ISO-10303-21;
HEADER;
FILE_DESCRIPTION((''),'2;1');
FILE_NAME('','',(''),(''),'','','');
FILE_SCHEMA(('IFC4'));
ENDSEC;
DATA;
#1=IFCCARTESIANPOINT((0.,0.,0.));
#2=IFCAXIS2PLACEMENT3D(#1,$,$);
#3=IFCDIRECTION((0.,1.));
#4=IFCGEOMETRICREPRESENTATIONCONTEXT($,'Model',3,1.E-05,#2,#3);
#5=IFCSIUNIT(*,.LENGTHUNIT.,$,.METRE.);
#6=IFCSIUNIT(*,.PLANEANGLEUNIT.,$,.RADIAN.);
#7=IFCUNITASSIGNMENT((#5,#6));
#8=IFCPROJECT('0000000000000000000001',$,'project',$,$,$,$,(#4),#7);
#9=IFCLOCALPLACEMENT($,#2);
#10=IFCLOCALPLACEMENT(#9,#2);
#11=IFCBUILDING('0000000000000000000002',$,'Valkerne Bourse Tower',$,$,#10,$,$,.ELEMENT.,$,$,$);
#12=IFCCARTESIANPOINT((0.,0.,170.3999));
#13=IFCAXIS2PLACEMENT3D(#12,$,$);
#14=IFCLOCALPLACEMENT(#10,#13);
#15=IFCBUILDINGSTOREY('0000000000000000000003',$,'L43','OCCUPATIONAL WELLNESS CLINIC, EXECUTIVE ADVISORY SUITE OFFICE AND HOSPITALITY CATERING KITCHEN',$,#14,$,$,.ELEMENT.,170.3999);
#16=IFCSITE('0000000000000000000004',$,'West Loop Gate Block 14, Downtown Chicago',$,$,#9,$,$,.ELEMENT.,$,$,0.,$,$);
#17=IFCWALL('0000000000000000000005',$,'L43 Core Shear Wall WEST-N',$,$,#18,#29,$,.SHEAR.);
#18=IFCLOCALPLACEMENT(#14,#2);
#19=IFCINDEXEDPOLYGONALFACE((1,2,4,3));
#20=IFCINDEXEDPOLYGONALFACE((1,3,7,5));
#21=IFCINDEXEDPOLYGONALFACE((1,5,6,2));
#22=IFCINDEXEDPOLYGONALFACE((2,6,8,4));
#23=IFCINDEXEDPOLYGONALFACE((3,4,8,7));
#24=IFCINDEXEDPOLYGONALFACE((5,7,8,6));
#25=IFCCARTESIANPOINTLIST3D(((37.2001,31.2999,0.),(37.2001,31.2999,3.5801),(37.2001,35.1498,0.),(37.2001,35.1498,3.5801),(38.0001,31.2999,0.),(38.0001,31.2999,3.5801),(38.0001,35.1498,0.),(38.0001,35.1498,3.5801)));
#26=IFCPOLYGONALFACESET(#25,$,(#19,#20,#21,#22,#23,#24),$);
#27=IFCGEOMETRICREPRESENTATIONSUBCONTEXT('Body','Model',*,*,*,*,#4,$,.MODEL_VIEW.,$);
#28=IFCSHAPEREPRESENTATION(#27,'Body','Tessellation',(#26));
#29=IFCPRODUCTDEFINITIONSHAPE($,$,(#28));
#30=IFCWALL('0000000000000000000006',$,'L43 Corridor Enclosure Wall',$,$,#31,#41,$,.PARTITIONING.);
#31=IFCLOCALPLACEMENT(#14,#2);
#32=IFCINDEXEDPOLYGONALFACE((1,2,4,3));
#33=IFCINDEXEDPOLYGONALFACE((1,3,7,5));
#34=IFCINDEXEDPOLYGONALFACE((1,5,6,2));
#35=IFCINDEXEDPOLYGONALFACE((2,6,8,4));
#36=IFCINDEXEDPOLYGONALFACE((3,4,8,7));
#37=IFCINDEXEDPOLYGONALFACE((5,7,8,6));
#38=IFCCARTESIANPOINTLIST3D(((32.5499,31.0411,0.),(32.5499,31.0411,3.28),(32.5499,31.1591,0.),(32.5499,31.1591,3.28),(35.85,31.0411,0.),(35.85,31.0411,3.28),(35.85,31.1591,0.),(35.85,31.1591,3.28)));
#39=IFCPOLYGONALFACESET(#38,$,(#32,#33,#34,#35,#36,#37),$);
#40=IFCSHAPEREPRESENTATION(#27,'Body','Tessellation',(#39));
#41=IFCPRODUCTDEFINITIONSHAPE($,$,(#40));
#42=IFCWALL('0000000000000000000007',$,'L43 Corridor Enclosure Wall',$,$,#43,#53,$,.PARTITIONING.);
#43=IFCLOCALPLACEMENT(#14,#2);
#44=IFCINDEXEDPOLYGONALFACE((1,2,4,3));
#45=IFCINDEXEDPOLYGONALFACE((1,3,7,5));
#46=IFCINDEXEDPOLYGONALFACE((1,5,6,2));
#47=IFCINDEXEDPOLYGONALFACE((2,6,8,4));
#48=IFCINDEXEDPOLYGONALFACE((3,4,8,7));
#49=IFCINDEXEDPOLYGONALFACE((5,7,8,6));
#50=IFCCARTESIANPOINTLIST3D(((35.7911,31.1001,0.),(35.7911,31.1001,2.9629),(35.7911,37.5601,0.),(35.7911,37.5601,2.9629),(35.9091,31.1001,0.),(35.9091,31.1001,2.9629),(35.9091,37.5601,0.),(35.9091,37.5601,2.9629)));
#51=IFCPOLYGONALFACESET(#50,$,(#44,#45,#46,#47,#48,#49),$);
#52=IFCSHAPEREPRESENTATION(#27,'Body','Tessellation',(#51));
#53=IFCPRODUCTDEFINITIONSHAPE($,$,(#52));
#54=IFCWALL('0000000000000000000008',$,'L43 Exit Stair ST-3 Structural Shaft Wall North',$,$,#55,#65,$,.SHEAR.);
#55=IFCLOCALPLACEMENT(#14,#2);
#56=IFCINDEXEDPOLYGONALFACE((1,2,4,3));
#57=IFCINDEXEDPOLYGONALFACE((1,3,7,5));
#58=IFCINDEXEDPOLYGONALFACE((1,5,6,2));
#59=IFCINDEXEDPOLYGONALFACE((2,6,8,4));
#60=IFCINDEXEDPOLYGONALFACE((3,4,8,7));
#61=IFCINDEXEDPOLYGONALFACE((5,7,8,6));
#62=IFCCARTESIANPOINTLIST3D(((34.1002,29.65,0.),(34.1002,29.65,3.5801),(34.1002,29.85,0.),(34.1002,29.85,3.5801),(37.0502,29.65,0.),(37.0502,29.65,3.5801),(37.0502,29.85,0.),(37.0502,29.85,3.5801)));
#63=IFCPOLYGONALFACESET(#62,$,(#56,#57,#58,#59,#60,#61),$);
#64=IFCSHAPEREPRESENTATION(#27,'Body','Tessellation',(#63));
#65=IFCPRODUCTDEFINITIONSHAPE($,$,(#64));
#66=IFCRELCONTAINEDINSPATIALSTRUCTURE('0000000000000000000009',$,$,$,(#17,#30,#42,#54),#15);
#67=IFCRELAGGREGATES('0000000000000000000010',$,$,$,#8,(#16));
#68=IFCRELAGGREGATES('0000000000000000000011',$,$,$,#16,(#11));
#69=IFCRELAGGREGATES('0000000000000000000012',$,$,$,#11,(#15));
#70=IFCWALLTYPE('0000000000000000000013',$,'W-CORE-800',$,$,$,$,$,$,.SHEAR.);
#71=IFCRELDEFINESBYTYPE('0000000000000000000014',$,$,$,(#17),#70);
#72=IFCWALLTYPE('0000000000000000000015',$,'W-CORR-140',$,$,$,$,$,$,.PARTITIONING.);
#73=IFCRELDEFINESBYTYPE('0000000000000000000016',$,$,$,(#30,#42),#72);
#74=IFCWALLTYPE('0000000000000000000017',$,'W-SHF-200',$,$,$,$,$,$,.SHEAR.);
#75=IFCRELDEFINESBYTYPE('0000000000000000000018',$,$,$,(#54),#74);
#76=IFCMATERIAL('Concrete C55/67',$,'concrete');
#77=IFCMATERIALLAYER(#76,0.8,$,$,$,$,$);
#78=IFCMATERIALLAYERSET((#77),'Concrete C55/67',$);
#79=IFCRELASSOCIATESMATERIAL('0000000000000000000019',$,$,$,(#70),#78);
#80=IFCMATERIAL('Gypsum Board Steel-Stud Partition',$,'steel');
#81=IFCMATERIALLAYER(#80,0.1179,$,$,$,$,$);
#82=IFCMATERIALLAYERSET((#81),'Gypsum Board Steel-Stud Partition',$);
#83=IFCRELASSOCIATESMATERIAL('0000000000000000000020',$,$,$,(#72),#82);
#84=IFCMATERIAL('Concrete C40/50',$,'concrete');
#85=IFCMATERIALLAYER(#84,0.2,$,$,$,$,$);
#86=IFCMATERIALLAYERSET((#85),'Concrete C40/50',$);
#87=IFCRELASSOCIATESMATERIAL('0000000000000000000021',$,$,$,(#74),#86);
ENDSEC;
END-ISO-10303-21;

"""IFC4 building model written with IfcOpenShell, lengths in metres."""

from ifc_helpers import new_model, si_unit, direction, frame, frame_2d, origin, place, context, subcontext, project, spatial, rectangle, extrude, material, layer, layer_set, type_object, element, save


model = new_model("IFC4")

# Units and contexts
model_context = context("Model", 3, precision=1e-05, world=origin(), true_north=direction((0.0, 1.0)))
body_context = subcontext(model_context, "Body", "Model", "MODEL_VIEW")
ifc_project = project(units=[si_unit("LENGTHUNIT", "METRE"), si_unit("PLANEANGLEUNIT", "RADIAN")], contexts=[model_context])

# Site, building, storey
site_placement = place(None, origin())
site = spatial("IfcSite", under=ifc_project, at=site_placement, Name="West Loop Gate Block 14, Downtown Chicago", CompositionType="ELEMENT", RefElevation=0.0)
building_placement = place(site_placement, origin())
building = spatial("IfcBuilding", under=site, at=building_placement, Name="Valkerne Bourse Tower", CompositionType="ELEMENT")
storey_placement = place(building_placement, frame((0.0, 0.0, 170.3999)))
storey = spatial("IfcBuildingStorey", under=building, at=storey_placement, Name="L43", Description="OCCUPATIONAL WELLNESS CLINIC, EXECUTIVE ADVISORY SUITE OFFICE AND HOSPITALITY CATERING KITCHEN", CompositionType="ELEMENT", Elevation=170.3999)

# Shared definitions
ifc_material_1 = material(Name="Concrete C55/67", Category="concrete")
ifc_layer_1 = layer(ifc_material_1, 0.8)
ifc_layer_set_1 = layer_set([ifc_layer_1], Name="Concrete C55/67")
wall_type_1 = type_object("IfcWallType", Name="W-CORE-800", PredefinedType="SHEAR", material=ifc_layer_set_1)

# Walls
wall_1_placement = place(storey_placement, frame((37.6001, 31.3, 0.0), z_axis=(0.0, 0.0, 1.0), x_axis=(0.0, 1.0, 0.0)))
element("IfcWall", 1, at=wall_1_placement, inside=storey, type_object=wall_type_1, Name="L43 Core Shear Wall WEST-N", PredefinedType="SHEAR", context=body_context, shape_type="SweptSolid", body=[
    extrude(rectangle(XDim=3.8499, YDim=0.8, at=frame_2d((1.9248, 0.0))), origin(), (0.0, 0.0, 1.0), 3.5801),
])
ifc_material_2 = material(Name="Gypsum Board Steel-Stud Partition", Category="steel")
ifc_layer_2 = layer(ifc_material_2, 0.1179)
ifc_layer_set_2 = layer_set([ifc_layer_2], Name="Gypsum Board Steel-Stud Partition")
wall_type_2 = type_object("IfcWallType", Name="W-CORR-140", PredefinedType="PARTITIONING", material=ifc_layer_set_2)
wall_2_placement = place(storey_placement, frame((32.55, 31.1001, 0.0), z_axis=(0.0, 0.0, 1.0), x_axis=(1.0, 0.0, 0.0)))
element("IfcWall", 2, at=wall_2_placement, inside=storey, type_object=wall_type_2, Name="L43 Corridor Enclosure Wall", PredefinedType="PARTITIONING", context=body_context, shape_type="SweptSolid", body=[
    extrude(rectangle(XDim=3.3, YDim=0.1179, at=frame_2d((1.6499, 0.0))), origin(), (0.0, 0.0, 1.0), 3.28),
])
wall_3_placement = place(storey_placement, frame((35.8501, 31.1001, 0.0), z_axis=(0.0, 0.0, 1.0), x_axis=(0.0, 1.0, 0.0)))
element("IfcWall", 3, at=wall_3_placement, inside=storey, type_object=wall_type_2, Name="L43 Corridor Enclosure Wall", PredefinedType="PARTITIONING", context=body_context, shape_type="SweptSolid", body=[
    extrude(rectangle(XDim=6.46, YDim=0.1179, at=frame_2d((3.23, 0.0))), origin(), (0.0, 0.0, 1.0), 2.9629),
])
ifc_material_3 = material(Name="Concrete C40/50", Category="concrete")
ifc_layer_3 = layer(ifc_material_3, 0.2)
ifc_layer_set_3 = layer_set([ifc_layer_3], Name="Concrete C40/50")
wall_type_3 = type_object("IfcWallType", Name="W-SHF-200", PredefinedType="SHEAR", material=ifc_layer_set_3)
wall_4_placement = place(storey_placement, frame((34.1001, 29.75, 0.0), z_axis=(0.0, 0.0, 1.0), x_axis=(1.0, 0.0, 0.0)))
element("IfcWall", 4, at=wall_4_placement, inside=storey, type_object=wall_type_3, Name="L43 Exit Stair ST-3 Structural Shaft Wall North", PredefinedType="SHEAR", context=body_context, shape_type="SweptSolid", body=[
    extrude(rectangle(XDim=2.95, YDim=0.2, at=frame_2d((1.4751, 0.0))), origin(), (0.0, 0.0, 1.0), 3.5801),
])

save(model, "model.ifc")
